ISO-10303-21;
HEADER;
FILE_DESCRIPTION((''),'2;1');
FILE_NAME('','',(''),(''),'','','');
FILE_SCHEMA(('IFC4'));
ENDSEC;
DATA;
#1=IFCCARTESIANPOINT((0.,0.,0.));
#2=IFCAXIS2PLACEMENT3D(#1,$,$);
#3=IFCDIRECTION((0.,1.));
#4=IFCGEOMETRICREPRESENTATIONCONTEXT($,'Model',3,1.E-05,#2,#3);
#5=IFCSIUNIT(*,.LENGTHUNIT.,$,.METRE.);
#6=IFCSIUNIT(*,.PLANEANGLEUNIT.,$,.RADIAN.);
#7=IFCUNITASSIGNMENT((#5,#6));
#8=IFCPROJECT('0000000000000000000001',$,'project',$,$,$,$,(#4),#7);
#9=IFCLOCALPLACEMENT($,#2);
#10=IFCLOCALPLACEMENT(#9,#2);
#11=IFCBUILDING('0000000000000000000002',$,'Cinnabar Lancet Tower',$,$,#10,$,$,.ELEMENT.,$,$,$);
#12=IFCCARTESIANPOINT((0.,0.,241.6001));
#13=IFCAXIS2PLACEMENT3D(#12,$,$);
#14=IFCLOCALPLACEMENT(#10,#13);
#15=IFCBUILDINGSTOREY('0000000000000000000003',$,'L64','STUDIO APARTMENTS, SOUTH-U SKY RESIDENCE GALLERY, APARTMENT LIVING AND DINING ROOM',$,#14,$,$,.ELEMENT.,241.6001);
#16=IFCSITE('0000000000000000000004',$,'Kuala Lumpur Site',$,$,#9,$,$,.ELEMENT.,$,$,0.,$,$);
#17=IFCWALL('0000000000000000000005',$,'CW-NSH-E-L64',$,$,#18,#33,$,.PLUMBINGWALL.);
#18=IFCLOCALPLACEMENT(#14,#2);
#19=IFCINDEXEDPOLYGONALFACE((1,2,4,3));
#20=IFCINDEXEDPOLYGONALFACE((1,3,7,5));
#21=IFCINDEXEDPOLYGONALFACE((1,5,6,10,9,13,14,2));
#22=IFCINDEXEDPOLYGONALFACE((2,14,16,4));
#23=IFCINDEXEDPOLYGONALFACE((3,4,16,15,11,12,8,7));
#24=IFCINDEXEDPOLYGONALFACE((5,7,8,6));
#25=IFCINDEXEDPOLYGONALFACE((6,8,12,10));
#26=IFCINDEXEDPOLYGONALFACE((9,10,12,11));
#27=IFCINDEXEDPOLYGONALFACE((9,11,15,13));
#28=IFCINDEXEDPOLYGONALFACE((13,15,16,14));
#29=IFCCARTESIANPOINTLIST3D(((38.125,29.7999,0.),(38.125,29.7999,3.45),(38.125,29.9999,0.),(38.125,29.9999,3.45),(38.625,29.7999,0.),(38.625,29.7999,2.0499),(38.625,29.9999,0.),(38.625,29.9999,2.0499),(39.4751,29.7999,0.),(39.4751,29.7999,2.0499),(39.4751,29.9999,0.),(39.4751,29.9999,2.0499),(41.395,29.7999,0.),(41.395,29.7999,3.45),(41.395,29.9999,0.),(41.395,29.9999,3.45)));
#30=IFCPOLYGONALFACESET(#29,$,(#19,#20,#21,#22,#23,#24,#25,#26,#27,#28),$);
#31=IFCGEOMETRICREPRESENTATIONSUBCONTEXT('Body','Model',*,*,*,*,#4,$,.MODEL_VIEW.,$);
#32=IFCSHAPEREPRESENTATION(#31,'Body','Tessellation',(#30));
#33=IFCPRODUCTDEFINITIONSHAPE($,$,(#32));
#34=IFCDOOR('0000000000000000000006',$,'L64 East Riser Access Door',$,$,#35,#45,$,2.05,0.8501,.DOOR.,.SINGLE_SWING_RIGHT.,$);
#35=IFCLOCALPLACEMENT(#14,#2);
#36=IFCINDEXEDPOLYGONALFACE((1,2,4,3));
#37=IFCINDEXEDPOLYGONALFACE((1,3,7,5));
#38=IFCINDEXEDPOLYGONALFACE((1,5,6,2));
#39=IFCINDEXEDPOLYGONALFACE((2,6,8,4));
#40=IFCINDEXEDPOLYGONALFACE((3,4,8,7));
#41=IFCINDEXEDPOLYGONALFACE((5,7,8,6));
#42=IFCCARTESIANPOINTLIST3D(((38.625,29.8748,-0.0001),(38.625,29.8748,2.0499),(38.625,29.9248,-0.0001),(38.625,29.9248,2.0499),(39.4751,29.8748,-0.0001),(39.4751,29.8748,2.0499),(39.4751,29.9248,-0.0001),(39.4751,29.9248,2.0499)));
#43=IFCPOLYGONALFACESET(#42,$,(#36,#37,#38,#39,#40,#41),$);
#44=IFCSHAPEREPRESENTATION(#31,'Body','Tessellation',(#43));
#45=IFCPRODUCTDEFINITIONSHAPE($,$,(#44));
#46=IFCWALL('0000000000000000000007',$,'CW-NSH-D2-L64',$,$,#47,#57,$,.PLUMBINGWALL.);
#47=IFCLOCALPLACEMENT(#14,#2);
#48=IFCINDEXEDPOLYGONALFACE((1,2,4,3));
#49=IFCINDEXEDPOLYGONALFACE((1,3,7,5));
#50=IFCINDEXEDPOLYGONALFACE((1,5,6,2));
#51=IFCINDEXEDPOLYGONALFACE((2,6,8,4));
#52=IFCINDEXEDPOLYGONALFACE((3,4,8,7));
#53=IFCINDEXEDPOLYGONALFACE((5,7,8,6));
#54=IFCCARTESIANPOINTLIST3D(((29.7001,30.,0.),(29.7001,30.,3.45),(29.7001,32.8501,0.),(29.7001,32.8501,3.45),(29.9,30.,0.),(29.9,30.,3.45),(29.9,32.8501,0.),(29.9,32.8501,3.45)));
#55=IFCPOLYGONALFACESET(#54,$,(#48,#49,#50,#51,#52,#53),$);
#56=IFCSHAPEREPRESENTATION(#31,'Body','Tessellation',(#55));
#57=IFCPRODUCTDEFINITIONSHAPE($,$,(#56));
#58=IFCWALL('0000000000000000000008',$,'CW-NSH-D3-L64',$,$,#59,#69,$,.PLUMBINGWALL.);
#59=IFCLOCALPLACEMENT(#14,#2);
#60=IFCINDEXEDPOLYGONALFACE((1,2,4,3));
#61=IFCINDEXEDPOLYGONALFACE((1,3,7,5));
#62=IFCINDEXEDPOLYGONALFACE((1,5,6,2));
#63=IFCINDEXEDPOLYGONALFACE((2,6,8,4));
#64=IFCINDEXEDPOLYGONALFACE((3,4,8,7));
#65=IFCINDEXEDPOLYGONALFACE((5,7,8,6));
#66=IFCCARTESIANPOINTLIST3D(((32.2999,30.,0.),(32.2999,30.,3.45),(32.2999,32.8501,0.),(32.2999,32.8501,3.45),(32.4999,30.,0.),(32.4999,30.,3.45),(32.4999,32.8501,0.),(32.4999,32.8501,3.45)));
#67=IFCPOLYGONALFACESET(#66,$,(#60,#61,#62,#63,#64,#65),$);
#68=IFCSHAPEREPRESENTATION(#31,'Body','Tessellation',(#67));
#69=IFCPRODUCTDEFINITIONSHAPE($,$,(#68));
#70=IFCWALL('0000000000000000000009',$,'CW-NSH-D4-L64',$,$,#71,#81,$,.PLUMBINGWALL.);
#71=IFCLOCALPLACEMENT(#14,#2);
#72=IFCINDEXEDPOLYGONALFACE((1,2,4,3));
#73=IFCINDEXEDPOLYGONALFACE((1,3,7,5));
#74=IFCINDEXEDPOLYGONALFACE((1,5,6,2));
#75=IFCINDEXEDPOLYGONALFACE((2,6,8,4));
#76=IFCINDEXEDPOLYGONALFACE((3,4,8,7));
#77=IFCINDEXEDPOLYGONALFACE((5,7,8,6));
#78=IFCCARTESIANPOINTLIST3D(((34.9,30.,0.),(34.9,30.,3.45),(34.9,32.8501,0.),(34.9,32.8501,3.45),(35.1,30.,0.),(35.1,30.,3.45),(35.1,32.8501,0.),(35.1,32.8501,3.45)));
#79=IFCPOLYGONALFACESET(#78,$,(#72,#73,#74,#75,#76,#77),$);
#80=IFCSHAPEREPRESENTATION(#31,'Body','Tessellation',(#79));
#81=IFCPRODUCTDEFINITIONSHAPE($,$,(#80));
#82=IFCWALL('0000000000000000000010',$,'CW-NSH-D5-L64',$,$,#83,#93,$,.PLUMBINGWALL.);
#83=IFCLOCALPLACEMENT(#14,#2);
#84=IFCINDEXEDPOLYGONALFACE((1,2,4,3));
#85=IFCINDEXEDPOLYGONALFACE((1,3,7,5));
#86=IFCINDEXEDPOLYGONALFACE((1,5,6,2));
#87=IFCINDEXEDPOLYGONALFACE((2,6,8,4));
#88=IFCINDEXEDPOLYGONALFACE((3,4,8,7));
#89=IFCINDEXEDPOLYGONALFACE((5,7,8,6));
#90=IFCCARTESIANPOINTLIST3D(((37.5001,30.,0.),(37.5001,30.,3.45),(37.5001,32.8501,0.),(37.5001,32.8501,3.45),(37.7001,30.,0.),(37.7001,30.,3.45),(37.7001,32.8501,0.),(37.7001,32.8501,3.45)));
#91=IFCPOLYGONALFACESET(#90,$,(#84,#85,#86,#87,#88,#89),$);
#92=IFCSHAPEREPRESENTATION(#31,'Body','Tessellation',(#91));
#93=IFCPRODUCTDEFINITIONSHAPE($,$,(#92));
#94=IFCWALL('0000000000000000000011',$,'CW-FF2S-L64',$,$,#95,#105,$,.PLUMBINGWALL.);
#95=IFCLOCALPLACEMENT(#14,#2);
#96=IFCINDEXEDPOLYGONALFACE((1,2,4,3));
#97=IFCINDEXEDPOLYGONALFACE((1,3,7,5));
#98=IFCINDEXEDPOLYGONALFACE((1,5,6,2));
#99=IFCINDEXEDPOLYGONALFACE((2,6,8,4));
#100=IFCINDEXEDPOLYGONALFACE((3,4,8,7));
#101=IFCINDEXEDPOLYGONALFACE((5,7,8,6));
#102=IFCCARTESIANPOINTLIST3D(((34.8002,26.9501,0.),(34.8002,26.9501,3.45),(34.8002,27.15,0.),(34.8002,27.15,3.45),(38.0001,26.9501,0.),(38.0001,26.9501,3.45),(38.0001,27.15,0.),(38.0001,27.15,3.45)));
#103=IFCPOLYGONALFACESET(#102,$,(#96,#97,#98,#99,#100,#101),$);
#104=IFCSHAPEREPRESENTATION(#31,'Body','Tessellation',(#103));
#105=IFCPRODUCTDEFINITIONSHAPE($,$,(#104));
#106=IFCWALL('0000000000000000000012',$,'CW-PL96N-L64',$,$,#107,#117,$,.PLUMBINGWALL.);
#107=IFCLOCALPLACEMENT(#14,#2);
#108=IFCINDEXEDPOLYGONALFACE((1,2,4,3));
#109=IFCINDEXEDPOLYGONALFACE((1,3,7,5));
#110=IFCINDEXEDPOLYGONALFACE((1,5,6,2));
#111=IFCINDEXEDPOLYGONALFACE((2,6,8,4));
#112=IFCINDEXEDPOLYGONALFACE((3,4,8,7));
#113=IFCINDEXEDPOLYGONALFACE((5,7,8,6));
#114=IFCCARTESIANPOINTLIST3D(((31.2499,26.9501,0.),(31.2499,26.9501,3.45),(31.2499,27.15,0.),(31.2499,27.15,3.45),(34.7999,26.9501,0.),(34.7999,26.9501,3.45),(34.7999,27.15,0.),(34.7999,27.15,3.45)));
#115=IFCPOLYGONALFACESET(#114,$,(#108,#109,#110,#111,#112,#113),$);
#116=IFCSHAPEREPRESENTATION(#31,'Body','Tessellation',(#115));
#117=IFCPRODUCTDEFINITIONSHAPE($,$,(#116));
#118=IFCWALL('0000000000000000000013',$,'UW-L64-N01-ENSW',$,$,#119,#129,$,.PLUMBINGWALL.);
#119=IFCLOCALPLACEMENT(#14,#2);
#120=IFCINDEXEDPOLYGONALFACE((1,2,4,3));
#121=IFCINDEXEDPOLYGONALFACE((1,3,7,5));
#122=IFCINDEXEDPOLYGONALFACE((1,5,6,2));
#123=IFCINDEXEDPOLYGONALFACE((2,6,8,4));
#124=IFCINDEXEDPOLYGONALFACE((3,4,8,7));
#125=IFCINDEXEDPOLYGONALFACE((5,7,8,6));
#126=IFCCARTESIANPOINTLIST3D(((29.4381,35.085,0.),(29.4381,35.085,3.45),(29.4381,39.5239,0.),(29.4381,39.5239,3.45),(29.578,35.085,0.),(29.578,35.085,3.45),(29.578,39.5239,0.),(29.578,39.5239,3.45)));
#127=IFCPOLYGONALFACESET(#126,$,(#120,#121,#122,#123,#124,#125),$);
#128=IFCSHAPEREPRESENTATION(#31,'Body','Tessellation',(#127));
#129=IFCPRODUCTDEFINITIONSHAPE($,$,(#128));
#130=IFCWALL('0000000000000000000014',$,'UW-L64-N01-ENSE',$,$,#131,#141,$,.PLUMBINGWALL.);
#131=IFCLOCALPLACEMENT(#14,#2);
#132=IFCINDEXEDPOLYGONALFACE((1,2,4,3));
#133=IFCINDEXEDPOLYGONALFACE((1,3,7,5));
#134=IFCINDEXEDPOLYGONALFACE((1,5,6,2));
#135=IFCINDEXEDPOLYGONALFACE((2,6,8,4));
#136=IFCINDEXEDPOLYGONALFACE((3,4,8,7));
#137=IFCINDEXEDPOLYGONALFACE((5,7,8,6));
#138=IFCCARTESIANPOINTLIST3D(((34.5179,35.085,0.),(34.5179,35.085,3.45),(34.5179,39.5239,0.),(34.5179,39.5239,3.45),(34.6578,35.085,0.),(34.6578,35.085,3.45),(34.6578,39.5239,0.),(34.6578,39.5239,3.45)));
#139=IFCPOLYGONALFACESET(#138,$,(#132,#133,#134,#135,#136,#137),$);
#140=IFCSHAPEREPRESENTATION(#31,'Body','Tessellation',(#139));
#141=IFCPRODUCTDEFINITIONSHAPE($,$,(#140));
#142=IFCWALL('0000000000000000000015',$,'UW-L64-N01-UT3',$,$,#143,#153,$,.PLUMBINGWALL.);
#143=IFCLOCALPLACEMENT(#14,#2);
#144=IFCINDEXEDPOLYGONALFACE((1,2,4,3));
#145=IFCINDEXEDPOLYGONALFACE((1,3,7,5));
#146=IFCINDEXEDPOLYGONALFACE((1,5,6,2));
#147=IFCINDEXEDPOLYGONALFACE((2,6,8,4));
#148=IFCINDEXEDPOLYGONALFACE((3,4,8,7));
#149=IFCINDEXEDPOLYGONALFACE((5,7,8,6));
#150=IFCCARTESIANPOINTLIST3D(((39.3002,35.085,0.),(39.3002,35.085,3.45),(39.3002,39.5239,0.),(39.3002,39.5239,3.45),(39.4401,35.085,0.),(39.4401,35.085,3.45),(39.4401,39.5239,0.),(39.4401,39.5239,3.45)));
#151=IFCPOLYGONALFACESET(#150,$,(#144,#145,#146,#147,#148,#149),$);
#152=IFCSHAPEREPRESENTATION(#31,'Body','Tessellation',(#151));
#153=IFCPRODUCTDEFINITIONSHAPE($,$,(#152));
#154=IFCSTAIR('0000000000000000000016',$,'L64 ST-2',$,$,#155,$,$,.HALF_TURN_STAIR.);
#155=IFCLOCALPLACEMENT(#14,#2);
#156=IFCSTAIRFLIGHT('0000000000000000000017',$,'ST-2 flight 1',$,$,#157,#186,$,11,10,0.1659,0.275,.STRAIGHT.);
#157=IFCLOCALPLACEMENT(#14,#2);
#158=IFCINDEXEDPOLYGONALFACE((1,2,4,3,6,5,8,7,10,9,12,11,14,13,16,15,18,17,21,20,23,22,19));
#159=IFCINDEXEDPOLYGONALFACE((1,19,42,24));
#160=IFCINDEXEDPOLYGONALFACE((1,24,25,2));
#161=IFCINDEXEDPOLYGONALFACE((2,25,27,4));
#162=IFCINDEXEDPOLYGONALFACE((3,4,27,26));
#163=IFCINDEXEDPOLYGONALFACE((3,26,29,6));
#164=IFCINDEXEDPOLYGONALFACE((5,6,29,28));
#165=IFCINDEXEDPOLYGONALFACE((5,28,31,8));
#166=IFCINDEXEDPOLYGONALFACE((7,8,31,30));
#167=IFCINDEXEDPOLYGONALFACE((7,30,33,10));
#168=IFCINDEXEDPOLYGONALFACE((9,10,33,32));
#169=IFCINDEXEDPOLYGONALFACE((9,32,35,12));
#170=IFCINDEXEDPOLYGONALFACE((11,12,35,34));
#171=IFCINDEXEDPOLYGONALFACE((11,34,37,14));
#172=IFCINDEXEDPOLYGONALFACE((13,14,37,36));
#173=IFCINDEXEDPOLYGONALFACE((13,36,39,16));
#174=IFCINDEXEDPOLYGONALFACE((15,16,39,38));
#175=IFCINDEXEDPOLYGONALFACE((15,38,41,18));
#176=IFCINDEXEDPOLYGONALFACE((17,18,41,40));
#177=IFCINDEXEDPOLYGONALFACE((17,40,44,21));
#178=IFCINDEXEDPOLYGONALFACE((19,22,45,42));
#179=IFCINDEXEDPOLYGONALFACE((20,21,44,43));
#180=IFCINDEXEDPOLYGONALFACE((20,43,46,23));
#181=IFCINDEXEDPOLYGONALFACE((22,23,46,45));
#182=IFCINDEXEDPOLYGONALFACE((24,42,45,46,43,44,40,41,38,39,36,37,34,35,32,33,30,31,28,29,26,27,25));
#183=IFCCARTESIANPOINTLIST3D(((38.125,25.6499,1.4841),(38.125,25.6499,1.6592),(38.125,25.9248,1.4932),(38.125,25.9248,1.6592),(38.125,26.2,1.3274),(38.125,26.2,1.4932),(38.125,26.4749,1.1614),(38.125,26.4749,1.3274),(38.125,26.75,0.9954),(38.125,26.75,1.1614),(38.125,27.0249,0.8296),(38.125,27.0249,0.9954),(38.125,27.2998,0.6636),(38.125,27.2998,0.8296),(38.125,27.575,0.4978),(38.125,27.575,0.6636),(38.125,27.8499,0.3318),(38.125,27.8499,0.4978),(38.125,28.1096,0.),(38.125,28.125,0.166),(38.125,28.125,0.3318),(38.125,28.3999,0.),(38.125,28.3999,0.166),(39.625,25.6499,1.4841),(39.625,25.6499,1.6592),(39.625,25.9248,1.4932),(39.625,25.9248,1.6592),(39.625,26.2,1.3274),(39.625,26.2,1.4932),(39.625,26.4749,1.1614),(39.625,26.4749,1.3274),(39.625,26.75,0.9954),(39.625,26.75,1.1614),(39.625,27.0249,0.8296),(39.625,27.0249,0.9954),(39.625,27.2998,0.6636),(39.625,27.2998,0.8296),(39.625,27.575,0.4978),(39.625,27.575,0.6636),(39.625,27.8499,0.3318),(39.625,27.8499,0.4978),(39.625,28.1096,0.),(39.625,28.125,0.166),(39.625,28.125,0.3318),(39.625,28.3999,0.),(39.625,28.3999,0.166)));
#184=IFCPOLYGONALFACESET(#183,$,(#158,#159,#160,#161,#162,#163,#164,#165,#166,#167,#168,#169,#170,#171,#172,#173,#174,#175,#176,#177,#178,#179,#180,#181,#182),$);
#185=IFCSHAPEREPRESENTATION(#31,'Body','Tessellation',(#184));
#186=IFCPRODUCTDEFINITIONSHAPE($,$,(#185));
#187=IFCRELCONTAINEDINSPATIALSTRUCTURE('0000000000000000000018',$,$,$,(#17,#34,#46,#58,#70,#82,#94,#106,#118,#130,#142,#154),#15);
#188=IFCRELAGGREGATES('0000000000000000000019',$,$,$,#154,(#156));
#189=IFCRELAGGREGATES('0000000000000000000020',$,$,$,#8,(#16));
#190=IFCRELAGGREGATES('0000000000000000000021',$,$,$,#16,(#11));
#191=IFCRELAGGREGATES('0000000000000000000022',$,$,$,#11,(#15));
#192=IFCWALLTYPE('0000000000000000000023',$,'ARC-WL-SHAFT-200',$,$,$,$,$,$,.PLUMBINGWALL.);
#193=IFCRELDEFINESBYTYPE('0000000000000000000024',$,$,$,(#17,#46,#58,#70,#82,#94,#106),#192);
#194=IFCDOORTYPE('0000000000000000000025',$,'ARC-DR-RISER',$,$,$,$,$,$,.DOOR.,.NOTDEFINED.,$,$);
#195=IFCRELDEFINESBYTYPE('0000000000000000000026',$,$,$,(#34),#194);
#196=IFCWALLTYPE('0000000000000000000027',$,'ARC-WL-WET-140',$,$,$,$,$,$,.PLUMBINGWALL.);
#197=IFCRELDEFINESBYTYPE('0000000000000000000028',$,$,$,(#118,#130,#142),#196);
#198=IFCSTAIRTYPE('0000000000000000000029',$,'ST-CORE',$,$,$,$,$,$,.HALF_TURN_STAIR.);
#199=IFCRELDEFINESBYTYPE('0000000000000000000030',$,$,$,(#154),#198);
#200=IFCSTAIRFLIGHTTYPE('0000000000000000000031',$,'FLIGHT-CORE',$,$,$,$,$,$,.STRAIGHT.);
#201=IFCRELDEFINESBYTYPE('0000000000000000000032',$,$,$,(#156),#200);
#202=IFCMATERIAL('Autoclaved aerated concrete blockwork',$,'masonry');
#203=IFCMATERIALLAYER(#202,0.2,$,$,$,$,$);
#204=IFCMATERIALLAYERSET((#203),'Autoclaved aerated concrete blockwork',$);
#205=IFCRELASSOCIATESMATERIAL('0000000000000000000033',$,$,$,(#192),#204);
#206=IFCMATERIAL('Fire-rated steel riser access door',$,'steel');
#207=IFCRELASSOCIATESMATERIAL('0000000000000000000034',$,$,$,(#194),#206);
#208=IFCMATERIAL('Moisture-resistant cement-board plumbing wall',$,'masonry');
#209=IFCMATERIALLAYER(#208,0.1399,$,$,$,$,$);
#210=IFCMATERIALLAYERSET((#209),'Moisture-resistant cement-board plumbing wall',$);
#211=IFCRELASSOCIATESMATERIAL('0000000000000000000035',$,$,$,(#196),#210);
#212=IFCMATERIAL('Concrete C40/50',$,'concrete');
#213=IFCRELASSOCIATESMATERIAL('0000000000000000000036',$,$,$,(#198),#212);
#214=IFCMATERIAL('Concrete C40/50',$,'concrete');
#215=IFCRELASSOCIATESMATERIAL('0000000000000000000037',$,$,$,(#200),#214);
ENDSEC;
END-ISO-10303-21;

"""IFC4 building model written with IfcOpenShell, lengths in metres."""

from ifc_helpers import new_model, si_unit, direction, frame, frame_2d, origin, place, context, subcontext, project, spatial, polyline, rectangle, outline, extrude, material, layer, layer_set, type_object, element, fill, aggregate, save


model = new_model("IFC4")

# Units and contexts
model_context = context("Model", 3, precision=1e-05, world=origin(), true_north=direction((0.0, 1.0)))
body_context = subcontext(model_context, "Body", "Model", "MODEL_VIEW")
ifc_project = project(units=[si_unit("LENGTHUNIT", "METRE"), si_unit("PLANEANGLEUNIT", "RADIAN")], contexts=[model_context])

# Site, building, storey
site_placement = place(None, origin())
site = spatial("IfcSite", under=ifc_project, at=site_placement, Name="Kuala Lumpur Site", CompositionType="ELEMENT", RefElevation=0.0)
building_placement = place(site_placement, origin())
building = spatial("IfcBuilding", under=site, at=building_placement, Name="Cinnabar Lancet Tower", CompositionType="ELEMENT")
storey_placement = place(building_placement, frame((0.0, 0.0, 241.6001)))
storey = spatial("IfcBuildingStorey", under=building, at=storey_placement, Name="L64", Description="STUDIO APARTMENTS, SOUTH-U SKY RESIDENCE GALLERY, APARTMENT LIVING AND DINING ROOM", CompositionType="ELEMENT", Elevation=241.6001)

# Shared definitions
ifc_material_1 = material(Name="Autoclaved aerated concrete blockwork", Category="masonry")
ifc_layer_1 = layer(ifc_material_1, 0.2)
ifc_layer_set_1 = layer_set([ifc_layer_1], Name="Autoclaved aerated concrete blockwork")
wall_type_1 = type_object("IfcWallType", Name="ARC-WL-SHAFT-200", PredefinedType="PLUMBINGWALL", material=ifc_layer_set_1)

# Wall, opening, door
wall_1_placement = place(storey_placement, frame((38.125, 29.8999, 0.0), z_axis=(0.0, 0.0, 1.0), x_axis=(1.0, 0.0, 0.0)))
wall_1 = element("IfcWall", 1, at=wall_1_placement, inside=storey, type_object=wall_type_1, Name="CW-NSH-E-L64", PredefinedType="PLUMBINGWALL", context=body_context, shape_type="SweptSolid", body=[
    extrude(rectangle(XDim=3.27, YDim=0.2, at=frame_2d((1.635, 0.0))), origin(), (0.0, 0.0, 1.0), 3.45),
])
opening_1_placement = place(wall_1_placement, frame((0.5, 0.0, 0.0)))
opening_1 = element("IfcOpeningElement", 2, at=opening_1_placement, cuts=wall_1, PredefinedType="OPENING", context=body_context, shape_type="SweptSolid", body=[
    extrude(rectangle(XDim=0.8501, YDim=2.05, at=frame_2d((0.425, 1.0249))), frame((0.0, 0.1099, 0.0), z_axis=(0.0, -1.0, 0.0), x_axis=(1.0, 0.0, 0.0)), (0.0, 0.0, 1.0), 0.22),
])
ifc_material_2 = material(Name="Fire-rated steel riser access door", Category="steel")
door_type_1 = type_object("IfcDoorType", Name="ARC-DR-RISER", OperationType="NOTDEFINED", PredefinedType="DOOR", material=ifc_material_2)
door_1_placement = place(opening_1_placement, origin())
door_1 = element("IfcDoor", 3, at=door_1_placement, inside=storey, type_object=door_type_1, Name="L64 East Riser Access Door", OperationType="SINGLE_SWING_RIGHT", OverallHeight=2.05, OverallWidth=0.8501, PredefinedType="DOOR", context=body_context, shape_type="SweptSolid", body=[
    extrude(rectangle(XDim=0.8501, YDim=2.05, at=frame_2d((0.425, 1.0249))), frame((0.0, 0.0249, 0.0), z_axis=(0.0, -1.0, 0.0), x_axis=(1.0, 0.0, 0.0)), (0.0, 0.0, 1.0), 0.05),
])
fill(opening_1, door_1)

# Walls
for number, where, z_axis, x_axis, name in (
    (4, (29.8, 30.0, 0.0), (0.0, 0.0, 1.0), (0.0, 1.0, 0.0), "CW-NSH-D2-L64"),
    (5, (32.3999, 30.0, 0.0), (0.0, 0.0, 1.0), (0.0, 1.0, 0.0), "CW-NSH-D3-L64"),
    (6, (35.0, 30.0, 0.0), (0.0, 0.0, 1.0), (0.0, 1.0, 0.0), "CW-NSH-D4-L64"),
    (7, (37.6001, 30.0, 0.0), (0.0, 0.0, 1.0), (0.0, 1.0, 0.0), "CW-NSH-D5-L64"),
):
    element("IfcWall", number, at=place(storey_placement, frame(where, z_axis=z_axis, x_axis=x_axis)), inside=storey, type_object=wall_type_1, Name=name, PredefinedType="PLUMBINGWALL", context=body_context, shape_type="SweptSolid", body=[
        extrude(rectangle(XDim=2.8501, YDim=0.2, at=frame_2d((1.425, 0.0))), origin(), (0.0, 0.0, 1.0), 3.45),
    ])

# Walls
wall_2_placement = place(storey_placement, frame((34.8, 27.05, 0.0), z_axis=(0.0, 0.0, 1.0), x_axis=(1.0, 0.0, 0.0)))
element("IfcWall", 8, at=wall_2_placement, inside=storey, type_object=wall_type_1, Name="CW-FF2S-L64", PredefinedType="PLUMBINGWALL", context=body_context, shape_type="SweptSolid", body=[
    extrude(rectangle(XDim=3.2, YDim=0.2, at=frame_2d((1.6001, 0.0))), origin(), (0.0, 0.0, 1.0), 3.45),
])
wall_3_placement = place(storey_placement, frame((31.25, 27.05, 0.0), z_axis=(0.0, 0.0, 1.0), x_axis=(1.0, 0.0, 0.0)))
element("IfcWall", 9, at=wall_3_placement, inside=storey, type_object=wall_type_1, Name="CW-PL96N-L64", PredefinedType="PLUMBINGWALL", context=body_context, shape_type="SweptSolid", body=[
    extrude(rectangle(XDim=3.55, YDim=0.2, at=frame_2d((1.7749, 0.0))), origin(), (0.0, 0.0, 1.0), 3.45),
])
ifc_material_3 = material(Name="Moisture-resistant cement-board plumbing wall", Category="masonry")
ifc_layer_2 = layer(ifc_material_3, 0.1399)
ifc_layer_set_2 = layer_set([ifc_layer_2], Name="Moisture-resistant cement-board plumbing wall")
wall_type_2 = type_object("IfcWallType", Name="ARC-WL-WET-140", PredefinedType="PLUMBINGWALL", material=ifc_layer_set_2)
for number, where, z_axis, x_axis, name in (
    (10, (29.5081, 35.085, 0.0), (0.0, 0.0, 1.0), (0.0, 1.0, 0.0), "UW-L64-N01-ENSW"),
    (11, (34.5879, 35.085, 0.0), (0.0, 0.0, 1.0), (0.0, 1.0, 0.0), "UW-L64-N01-ENSE"),
    (12, (39.3701, 35.085, 0.0), (0.0, 0.0, 1.0), (0.0, 1.0, 0.0), "UW-L64-N01-UT3"),
):
    element("IfcWall", number, at=place(storey_placement, frame(where, z_axis=z_axis, x_axis=x_axis)), inside=storey, type_object=wall_type_2, Name=name, PredefinedType="PLUMBINGWALL", context=body_context, shape_type="SweptSolid", body=[
        extrude(rectangle(XDim=4.439, YDim=0.1399, at=frame_2d((2.2195, 0.0))), origin(), (0.0, 0.0, 1.0), 3.45),
    ])

# Stair, stair flight
ifc_material_4 = material(Name="Concrete C40/50", Category="concrete")
stair_type = type_object("IfcStairType", Name="ST-CORE", PredefinedType="HALF_TURN_STAIR", material=ifc_material_4)
stair_placement = place(storey_placement, origin())
stair = element("IfcStair", 13, at=stair_placement, inside=storey, type_object=stair_type, Name="L64 ST-2", PredefinedType="HALF_TURN_STAIR")
ifc_material_5 = material(Name="Concrete C40/50", Category="concrete")
stair_flight_type = type_object("IfcStairFlightType", Name="FLIGHT-CORE", PredefinedType="STRAIGHT", material=ifc_material_5)
stair_flight_placement = place(storey_placement, frame((38.875, 28.3999, 0.0), z_axis=(0.0, 0.0, 1.0), x_axis=(0.0, -1.0, 0.0)))
stair_flight = element("IfcStairFlight", 14, at=stair_flight_placement, type_object=stair_flight_type, Name="ST-2 flight 1", NumberOfRisers=11, NumberOfTreads=10, PredefinedType="STRAIGHT", RiserHeight=0.1659, TreadLength=0.275, context=body_context, shape_type="SweptSolid", body=[
    extrude(outline(polyline([(0.0, 0.0), (0.0, 0.166), (0.2749, 0.166), (0.2749, 0.3318), (0.55, 0.3318), (0.55, 0.4978), (0.825, 0.4978), (0.825, 0.6636), (1.1001, 0.6636), (1.1001, 0.8296), (1.375, 0.8296), (1.375, 0.9954), (1.6499, 0.9954), (1.6499, 1.1614), (1.925, 1.1614), (1.925, 1.3274), (2.2, 1.3274), (2.2, 1.4932), (2.4751, 1.4932), (2.4751, 1.6592), (2.75, 1.6592), (2.75, 1.825), (2.75, 1.4841), (0.2903, 0.0), (0.0, 0.0)])), frame((0.0, 0.75, 0.0), z_axis=(0.0, -1.0, 0.0), x_axis=(1.0, 0.0, 0.0)), (0.0, 0.0, 1.0), 1.5),
])
aggregate(stair, [stair_flight])

save(model, "model.ifc")
